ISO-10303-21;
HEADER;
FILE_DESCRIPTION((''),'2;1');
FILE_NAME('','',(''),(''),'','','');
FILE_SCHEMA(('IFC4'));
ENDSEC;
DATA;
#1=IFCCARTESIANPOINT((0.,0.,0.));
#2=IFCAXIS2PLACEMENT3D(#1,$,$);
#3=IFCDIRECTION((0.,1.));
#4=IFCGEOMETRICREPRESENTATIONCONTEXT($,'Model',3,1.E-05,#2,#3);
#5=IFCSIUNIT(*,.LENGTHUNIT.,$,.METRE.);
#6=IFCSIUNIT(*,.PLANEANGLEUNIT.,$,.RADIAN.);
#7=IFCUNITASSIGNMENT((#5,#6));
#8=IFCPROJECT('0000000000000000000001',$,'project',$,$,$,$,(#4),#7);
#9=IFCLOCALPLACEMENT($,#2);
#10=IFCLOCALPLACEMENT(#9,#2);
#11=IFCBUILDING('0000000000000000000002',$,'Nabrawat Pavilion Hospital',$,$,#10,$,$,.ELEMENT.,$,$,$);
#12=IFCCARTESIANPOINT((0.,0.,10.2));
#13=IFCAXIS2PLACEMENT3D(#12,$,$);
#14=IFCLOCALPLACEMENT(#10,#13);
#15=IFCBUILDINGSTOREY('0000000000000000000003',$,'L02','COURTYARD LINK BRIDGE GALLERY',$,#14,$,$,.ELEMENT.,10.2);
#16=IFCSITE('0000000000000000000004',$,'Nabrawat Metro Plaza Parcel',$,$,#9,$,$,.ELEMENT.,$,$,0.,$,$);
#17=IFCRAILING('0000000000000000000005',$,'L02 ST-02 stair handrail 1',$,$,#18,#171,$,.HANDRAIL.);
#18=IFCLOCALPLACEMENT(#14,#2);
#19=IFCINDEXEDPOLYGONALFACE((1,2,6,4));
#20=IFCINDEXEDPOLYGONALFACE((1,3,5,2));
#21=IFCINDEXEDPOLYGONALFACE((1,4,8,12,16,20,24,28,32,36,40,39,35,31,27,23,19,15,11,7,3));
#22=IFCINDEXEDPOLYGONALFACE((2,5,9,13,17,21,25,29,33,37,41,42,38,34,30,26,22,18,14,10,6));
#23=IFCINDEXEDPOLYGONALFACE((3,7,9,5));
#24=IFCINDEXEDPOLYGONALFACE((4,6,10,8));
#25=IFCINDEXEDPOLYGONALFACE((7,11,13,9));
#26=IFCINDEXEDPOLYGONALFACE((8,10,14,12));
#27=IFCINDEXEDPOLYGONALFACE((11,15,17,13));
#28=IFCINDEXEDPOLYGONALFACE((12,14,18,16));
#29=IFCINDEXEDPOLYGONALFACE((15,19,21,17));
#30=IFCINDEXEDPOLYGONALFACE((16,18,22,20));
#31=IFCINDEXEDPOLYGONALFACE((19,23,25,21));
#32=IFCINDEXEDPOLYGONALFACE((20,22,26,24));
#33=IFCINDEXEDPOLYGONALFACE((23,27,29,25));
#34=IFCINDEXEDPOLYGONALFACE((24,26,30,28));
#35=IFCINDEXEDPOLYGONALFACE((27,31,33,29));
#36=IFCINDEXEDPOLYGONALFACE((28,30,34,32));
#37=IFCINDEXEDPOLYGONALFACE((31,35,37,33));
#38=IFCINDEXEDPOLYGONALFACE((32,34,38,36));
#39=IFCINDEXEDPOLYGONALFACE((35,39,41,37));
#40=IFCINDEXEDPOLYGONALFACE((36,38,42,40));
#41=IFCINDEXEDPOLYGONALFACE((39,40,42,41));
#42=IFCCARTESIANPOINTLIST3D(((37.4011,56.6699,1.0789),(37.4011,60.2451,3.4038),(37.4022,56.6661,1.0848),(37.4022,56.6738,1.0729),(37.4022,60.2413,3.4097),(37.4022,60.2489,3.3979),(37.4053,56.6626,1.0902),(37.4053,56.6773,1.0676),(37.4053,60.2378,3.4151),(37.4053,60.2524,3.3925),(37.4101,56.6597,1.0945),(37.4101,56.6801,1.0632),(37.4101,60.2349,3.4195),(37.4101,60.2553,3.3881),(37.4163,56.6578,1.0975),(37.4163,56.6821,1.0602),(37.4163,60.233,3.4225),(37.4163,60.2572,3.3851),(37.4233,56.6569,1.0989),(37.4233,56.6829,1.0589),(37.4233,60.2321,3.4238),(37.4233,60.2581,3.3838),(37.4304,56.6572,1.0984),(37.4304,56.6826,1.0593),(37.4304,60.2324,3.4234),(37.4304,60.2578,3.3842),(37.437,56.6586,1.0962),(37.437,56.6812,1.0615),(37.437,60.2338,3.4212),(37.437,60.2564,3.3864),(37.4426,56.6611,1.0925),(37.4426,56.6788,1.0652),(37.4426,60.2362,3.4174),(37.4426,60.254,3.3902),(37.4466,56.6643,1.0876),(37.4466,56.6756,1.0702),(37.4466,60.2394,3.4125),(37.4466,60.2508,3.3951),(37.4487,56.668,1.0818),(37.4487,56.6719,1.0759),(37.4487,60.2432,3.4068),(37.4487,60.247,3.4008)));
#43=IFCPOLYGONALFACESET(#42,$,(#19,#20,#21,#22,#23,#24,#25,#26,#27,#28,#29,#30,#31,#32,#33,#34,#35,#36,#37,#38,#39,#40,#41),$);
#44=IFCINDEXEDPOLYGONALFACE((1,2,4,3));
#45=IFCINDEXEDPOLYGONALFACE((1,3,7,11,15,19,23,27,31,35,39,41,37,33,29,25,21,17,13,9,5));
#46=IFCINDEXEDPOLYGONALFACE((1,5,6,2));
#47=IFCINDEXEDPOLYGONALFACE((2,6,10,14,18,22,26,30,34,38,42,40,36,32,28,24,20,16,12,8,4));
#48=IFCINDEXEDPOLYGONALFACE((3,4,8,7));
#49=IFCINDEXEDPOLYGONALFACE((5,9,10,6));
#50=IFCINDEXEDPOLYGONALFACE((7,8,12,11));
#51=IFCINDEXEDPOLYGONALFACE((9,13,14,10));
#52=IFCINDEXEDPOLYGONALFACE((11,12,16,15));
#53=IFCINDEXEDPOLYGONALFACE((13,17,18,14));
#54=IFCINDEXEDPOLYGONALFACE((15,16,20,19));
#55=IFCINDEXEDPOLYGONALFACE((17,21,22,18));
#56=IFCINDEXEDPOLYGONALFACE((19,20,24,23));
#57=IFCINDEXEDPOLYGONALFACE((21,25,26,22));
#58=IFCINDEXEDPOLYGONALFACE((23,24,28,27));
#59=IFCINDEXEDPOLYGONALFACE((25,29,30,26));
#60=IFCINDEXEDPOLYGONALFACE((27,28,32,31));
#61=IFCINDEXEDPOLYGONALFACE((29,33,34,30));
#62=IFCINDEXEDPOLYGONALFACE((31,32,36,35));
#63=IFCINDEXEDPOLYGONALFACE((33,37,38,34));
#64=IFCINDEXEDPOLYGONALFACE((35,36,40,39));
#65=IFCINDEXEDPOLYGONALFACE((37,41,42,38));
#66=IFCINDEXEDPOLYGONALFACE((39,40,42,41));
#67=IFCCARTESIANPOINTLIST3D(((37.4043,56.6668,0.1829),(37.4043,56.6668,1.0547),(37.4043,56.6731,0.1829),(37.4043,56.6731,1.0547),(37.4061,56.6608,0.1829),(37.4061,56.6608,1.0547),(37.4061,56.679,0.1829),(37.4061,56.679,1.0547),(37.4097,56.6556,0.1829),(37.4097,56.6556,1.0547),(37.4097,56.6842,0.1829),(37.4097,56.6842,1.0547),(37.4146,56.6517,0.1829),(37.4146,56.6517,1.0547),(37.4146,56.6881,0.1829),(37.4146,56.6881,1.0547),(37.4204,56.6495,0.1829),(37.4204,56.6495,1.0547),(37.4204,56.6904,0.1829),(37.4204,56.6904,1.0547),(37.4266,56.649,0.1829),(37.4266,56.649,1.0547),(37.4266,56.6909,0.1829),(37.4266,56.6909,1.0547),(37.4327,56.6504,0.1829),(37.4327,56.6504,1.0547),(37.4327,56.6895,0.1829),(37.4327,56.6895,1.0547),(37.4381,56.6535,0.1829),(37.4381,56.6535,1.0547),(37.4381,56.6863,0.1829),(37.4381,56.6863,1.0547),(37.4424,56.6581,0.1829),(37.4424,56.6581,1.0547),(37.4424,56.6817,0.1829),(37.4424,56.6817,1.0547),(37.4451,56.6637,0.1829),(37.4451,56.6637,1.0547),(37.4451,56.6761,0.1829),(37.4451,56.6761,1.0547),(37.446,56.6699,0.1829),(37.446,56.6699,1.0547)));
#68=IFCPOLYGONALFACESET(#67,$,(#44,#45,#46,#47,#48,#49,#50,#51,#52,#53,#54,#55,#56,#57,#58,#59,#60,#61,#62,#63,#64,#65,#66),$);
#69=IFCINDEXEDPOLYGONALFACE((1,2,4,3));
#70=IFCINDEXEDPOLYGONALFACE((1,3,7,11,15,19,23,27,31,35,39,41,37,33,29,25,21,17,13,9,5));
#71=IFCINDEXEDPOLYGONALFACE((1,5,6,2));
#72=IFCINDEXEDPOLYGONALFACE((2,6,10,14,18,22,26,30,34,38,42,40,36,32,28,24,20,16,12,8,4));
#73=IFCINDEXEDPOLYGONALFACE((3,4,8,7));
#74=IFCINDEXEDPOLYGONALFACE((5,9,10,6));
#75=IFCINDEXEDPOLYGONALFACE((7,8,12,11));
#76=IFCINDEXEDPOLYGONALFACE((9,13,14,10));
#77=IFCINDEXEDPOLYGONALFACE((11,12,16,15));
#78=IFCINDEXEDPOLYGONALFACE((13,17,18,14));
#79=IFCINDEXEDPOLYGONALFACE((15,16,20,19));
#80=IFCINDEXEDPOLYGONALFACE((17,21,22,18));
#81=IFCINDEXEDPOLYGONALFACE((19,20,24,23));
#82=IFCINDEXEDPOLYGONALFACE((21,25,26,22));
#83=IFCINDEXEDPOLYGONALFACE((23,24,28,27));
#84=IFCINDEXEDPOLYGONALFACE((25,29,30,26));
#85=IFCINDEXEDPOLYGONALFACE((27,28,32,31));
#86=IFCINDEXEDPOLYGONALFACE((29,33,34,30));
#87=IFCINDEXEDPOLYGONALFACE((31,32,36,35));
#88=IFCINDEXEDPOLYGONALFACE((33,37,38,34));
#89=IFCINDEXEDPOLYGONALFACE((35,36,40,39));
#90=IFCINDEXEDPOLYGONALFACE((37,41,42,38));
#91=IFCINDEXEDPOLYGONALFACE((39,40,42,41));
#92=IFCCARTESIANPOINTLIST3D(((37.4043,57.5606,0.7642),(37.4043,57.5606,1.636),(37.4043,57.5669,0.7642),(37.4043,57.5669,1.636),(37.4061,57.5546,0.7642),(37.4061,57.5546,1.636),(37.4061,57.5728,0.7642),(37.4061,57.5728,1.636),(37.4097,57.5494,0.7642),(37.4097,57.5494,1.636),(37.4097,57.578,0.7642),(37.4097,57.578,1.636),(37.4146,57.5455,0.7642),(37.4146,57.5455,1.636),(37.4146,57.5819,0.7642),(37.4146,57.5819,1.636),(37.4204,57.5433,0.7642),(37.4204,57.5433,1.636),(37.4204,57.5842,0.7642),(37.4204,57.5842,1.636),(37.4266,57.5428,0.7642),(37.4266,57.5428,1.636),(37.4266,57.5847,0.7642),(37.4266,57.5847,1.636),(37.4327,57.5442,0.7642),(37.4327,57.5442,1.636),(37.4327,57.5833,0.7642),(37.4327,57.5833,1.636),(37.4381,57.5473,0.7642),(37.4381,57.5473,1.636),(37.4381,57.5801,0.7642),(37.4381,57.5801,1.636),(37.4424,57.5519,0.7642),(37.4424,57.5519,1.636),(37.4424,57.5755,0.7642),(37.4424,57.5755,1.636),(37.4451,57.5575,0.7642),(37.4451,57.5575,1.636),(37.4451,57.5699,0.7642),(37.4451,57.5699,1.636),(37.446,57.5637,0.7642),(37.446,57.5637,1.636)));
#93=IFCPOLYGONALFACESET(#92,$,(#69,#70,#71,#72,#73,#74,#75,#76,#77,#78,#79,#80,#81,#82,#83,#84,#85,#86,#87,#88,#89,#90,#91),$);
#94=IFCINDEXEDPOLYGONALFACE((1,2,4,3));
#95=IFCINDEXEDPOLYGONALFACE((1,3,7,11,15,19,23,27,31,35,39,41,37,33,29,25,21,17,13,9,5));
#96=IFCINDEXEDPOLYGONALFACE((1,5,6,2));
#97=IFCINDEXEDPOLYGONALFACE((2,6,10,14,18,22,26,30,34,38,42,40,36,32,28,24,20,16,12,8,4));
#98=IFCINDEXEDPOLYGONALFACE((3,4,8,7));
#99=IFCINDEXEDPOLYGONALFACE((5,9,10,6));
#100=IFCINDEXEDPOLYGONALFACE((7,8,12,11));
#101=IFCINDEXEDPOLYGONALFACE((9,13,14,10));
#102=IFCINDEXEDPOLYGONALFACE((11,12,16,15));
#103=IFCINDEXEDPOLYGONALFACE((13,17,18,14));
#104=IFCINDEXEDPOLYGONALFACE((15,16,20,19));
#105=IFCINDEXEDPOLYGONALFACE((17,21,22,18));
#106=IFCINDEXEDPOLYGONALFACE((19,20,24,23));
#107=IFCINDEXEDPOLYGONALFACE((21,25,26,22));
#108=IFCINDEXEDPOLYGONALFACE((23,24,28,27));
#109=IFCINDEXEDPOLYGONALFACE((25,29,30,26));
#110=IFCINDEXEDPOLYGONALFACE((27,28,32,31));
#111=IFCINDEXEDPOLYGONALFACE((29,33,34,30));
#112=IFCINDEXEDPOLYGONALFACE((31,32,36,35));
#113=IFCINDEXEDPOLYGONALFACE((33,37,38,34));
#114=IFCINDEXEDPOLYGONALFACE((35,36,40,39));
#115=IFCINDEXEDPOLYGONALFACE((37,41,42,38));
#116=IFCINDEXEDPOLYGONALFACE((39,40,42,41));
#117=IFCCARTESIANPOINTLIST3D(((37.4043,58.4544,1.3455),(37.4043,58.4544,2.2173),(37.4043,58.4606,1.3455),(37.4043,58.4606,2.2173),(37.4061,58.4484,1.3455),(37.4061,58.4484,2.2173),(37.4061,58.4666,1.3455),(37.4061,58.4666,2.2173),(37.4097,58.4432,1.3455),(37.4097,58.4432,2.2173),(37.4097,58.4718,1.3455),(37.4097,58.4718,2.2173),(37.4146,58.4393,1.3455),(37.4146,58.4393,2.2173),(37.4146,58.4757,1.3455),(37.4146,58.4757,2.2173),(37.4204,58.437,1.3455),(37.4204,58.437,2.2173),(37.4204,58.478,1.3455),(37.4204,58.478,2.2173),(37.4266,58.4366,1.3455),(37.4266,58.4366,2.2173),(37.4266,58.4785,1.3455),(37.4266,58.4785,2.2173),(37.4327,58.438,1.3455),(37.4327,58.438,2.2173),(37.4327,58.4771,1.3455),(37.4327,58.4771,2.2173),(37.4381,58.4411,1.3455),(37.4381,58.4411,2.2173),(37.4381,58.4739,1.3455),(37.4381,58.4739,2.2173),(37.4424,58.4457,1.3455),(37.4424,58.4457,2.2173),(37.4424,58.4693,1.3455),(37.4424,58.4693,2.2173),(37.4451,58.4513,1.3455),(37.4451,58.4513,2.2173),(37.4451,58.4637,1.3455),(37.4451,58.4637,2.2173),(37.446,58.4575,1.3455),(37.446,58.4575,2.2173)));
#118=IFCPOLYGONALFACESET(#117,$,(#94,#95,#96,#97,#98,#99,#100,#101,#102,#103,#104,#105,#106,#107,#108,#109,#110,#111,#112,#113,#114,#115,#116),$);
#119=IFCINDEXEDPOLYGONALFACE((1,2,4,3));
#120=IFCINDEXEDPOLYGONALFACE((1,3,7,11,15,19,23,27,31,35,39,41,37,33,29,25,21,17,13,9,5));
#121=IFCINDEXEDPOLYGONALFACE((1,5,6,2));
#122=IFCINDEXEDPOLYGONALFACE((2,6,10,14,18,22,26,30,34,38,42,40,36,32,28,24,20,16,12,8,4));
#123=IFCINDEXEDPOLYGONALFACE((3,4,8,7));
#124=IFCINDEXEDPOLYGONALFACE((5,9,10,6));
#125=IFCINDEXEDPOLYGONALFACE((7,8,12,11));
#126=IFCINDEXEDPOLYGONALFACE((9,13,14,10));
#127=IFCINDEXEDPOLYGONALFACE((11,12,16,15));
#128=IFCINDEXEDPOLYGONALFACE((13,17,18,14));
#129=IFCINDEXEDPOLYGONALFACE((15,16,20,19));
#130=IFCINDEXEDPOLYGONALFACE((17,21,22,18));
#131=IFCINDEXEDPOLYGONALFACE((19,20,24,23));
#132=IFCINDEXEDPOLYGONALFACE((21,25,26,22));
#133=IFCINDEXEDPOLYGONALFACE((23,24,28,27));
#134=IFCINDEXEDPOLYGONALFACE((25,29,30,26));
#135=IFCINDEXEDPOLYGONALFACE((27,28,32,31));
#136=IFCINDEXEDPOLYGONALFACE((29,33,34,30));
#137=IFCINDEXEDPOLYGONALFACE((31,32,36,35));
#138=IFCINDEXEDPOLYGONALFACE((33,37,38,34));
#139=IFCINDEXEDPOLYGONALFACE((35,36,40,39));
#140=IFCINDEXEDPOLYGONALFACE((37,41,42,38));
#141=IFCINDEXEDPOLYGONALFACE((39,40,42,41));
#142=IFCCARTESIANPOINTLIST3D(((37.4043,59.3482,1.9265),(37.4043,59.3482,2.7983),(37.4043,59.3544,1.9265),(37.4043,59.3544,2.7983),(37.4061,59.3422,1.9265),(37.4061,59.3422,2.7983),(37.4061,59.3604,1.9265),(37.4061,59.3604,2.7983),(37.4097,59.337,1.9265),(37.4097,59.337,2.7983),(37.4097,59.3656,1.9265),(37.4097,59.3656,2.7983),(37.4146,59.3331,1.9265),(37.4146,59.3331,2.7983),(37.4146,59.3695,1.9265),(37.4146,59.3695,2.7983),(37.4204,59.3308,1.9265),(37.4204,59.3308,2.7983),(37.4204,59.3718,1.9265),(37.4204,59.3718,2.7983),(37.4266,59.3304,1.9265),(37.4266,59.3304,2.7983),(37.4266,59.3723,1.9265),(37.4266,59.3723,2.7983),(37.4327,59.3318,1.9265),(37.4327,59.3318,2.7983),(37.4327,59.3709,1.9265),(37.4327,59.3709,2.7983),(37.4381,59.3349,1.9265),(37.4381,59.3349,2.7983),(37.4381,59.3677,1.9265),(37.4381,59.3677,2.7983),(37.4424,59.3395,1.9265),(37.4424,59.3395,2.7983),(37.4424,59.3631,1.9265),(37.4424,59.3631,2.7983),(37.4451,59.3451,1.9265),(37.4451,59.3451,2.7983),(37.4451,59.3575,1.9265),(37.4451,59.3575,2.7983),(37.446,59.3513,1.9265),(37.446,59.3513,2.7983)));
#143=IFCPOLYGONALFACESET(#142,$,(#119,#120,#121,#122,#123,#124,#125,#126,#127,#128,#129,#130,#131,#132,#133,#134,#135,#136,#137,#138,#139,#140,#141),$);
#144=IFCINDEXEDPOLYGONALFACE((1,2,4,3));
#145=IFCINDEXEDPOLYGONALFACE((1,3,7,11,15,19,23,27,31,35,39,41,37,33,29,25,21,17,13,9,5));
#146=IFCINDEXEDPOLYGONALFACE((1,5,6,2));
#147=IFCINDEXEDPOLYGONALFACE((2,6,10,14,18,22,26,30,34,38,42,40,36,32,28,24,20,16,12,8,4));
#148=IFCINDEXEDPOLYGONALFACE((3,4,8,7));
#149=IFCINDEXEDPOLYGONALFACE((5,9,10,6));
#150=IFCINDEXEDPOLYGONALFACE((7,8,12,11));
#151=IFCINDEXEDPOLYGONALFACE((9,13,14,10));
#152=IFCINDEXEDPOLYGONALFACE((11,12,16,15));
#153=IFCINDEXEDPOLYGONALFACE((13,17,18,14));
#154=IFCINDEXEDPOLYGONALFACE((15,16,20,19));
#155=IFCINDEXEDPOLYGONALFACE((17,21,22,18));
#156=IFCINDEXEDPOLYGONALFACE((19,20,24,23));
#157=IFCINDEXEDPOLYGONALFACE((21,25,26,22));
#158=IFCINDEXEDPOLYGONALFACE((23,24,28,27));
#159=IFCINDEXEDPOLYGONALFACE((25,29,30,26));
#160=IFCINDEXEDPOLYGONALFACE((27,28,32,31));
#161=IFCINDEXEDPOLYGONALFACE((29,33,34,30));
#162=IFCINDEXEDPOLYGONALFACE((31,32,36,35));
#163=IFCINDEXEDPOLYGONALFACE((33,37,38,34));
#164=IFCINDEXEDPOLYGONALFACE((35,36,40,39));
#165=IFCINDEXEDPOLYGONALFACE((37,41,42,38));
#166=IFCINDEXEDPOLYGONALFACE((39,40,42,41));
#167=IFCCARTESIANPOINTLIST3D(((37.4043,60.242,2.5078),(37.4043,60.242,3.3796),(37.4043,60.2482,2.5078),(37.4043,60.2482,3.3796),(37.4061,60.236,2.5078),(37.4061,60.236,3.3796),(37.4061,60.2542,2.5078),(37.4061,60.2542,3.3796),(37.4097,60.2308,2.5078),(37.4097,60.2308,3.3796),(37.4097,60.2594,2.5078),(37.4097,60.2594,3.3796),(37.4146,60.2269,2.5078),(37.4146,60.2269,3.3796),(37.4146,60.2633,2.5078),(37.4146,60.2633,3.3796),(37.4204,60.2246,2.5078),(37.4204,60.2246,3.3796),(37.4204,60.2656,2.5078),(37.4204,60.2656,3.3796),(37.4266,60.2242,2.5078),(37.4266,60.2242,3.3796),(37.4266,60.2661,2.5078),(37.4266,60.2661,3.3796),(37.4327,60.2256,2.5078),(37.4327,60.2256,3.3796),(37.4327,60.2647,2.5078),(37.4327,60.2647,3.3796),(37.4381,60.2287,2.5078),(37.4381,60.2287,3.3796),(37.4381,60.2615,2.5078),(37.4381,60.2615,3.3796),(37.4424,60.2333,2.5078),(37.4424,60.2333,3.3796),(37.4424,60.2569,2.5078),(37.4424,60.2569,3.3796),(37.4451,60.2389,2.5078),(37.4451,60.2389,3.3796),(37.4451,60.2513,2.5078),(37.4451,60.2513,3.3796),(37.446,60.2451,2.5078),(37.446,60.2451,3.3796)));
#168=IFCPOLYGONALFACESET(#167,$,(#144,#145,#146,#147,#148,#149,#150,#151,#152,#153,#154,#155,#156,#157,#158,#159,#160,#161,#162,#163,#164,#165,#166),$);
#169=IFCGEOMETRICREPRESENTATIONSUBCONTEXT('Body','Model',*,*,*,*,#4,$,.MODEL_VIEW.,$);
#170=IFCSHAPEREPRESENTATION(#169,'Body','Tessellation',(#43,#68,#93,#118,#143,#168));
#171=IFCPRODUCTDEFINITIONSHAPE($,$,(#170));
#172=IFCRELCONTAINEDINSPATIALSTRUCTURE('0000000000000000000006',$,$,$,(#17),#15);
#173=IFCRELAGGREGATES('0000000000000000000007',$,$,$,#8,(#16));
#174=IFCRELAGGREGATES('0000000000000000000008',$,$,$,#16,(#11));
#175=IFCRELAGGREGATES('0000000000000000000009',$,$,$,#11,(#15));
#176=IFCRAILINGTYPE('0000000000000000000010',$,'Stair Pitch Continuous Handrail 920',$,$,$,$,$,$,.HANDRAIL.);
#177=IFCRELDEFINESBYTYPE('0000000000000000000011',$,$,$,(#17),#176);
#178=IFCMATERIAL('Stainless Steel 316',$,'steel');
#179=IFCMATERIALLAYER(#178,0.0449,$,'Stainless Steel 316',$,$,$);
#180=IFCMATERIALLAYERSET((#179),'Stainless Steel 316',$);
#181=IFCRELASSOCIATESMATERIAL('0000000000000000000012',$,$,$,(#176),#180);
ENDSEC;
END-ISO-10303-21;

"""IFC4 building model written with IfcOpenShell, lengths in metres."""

from ifc_helpers import new_model, si_unit, direction, frame, origin, origin_2d, place, context, subcontext, project, spatial, circle, extrude, material, layer, layer_set, type_object, element, save


model = new_model("IFC4")

# Units and contexts
model_context = context("Model", 3, precision=1e-05, world=origin(), true_north=direction((0.0, 1.0)))
body_context = subcontext(model_context, "Body", "Model", "MODEL_VIEW")
ifc_project = project(units=[si_unit("LENGTHUNIT", "METRE"), si_unit("PLANEANGLEUNIT", "RADIAN")], contexts=[model_context])

# Site, building, storey
site_placement = place(None, origin())
site = spatial("IfcSite", under=ifc_project, at=site_placement, Name="Nabrawat Metro Plaza Parcel", CompositionType="ELEMENT", RefElevation=0.0)
building_placement = place(site_placement, origin())
building = spatial("IfcBuilding", under=site, at=building_placement, Name="Nabrawat Pavilion Hospital", CompositionType="ELEMENT")
storey_placement = place(building_placement, frame((0.0, 0.0, 10.2)))
storey = spatial("IfcBuildingStorey", under=building, at=storey_placement, Name="L02", Description="COURTYARD LINK BRIDGE GALLERY", CompositionType="ELEMENT", Elevation=10.2)

# Railing
ifc_material_1 = material(Name="Stainless Steel 316", Category="steel")
ifc_layer_1 = layer(ifc_material_1, 0.0449, Name="Stainless Steel 316")
ifc_layer_set_1 = layer_set([ifc_layer_1], Name="Stainless Steel 316")
railing_type_1 = type_object("IfcRailingType", Name="Stair Pitch Continuous Handrail 920", PredefinedType="HANDRAIL", material=ifc_layer_set_1)
railing_1_placement = place(storey_placement, frame((37.425, 56.6699, 0.1829)))
element("IfcRailing", 1, at=railing_1_placement, inside=storey, type_object=railing_type_1, Name="L02 ST-02 stair handrail 1", PredefinedType="HANDRAIL", context=body_context, shape_type="SweptSolid", body=[
    extrude(circle(Radius=0.0239, at=origin_2d()), frame((0.0, 0.0, 0.896), z_axis=(0.0, 0.838328, 0.545165), x_axis=(-1.0, 0.0, 0.0)), (0.0, 0.0, 1.0), 4.2646),
    extrude(circle(Radius=0.021, at=origin_2d()), origin(), (0.0, 0.0, 1.0), 0.8718),
    extrude(circle(Radius=0.021, at=origin_2d()), frame((0.0, 0.8938, 0.5813)), (0.0, 0.0, 1.0), 0.8718),
    extrude(circle(Radius=0.021, at=origin_2d()), frame((0.0, 1.7876, 1.1626)), (0.0, 0.0, 1.0), 0.8718),
    extrude(circle(Radius=0.021, at=origin_2d()), frame((0.0, 2.6814, 1.7437)), (0.0, 0.0, 1.0), 0.8718),
    extrude(circle(Radius=0.021, at=origin_2d()), frame((0.0, 3.5752, 2.325)), (0.0, 0.0, 1.0), 0.8718),
])

save(model, "model.ifc")
